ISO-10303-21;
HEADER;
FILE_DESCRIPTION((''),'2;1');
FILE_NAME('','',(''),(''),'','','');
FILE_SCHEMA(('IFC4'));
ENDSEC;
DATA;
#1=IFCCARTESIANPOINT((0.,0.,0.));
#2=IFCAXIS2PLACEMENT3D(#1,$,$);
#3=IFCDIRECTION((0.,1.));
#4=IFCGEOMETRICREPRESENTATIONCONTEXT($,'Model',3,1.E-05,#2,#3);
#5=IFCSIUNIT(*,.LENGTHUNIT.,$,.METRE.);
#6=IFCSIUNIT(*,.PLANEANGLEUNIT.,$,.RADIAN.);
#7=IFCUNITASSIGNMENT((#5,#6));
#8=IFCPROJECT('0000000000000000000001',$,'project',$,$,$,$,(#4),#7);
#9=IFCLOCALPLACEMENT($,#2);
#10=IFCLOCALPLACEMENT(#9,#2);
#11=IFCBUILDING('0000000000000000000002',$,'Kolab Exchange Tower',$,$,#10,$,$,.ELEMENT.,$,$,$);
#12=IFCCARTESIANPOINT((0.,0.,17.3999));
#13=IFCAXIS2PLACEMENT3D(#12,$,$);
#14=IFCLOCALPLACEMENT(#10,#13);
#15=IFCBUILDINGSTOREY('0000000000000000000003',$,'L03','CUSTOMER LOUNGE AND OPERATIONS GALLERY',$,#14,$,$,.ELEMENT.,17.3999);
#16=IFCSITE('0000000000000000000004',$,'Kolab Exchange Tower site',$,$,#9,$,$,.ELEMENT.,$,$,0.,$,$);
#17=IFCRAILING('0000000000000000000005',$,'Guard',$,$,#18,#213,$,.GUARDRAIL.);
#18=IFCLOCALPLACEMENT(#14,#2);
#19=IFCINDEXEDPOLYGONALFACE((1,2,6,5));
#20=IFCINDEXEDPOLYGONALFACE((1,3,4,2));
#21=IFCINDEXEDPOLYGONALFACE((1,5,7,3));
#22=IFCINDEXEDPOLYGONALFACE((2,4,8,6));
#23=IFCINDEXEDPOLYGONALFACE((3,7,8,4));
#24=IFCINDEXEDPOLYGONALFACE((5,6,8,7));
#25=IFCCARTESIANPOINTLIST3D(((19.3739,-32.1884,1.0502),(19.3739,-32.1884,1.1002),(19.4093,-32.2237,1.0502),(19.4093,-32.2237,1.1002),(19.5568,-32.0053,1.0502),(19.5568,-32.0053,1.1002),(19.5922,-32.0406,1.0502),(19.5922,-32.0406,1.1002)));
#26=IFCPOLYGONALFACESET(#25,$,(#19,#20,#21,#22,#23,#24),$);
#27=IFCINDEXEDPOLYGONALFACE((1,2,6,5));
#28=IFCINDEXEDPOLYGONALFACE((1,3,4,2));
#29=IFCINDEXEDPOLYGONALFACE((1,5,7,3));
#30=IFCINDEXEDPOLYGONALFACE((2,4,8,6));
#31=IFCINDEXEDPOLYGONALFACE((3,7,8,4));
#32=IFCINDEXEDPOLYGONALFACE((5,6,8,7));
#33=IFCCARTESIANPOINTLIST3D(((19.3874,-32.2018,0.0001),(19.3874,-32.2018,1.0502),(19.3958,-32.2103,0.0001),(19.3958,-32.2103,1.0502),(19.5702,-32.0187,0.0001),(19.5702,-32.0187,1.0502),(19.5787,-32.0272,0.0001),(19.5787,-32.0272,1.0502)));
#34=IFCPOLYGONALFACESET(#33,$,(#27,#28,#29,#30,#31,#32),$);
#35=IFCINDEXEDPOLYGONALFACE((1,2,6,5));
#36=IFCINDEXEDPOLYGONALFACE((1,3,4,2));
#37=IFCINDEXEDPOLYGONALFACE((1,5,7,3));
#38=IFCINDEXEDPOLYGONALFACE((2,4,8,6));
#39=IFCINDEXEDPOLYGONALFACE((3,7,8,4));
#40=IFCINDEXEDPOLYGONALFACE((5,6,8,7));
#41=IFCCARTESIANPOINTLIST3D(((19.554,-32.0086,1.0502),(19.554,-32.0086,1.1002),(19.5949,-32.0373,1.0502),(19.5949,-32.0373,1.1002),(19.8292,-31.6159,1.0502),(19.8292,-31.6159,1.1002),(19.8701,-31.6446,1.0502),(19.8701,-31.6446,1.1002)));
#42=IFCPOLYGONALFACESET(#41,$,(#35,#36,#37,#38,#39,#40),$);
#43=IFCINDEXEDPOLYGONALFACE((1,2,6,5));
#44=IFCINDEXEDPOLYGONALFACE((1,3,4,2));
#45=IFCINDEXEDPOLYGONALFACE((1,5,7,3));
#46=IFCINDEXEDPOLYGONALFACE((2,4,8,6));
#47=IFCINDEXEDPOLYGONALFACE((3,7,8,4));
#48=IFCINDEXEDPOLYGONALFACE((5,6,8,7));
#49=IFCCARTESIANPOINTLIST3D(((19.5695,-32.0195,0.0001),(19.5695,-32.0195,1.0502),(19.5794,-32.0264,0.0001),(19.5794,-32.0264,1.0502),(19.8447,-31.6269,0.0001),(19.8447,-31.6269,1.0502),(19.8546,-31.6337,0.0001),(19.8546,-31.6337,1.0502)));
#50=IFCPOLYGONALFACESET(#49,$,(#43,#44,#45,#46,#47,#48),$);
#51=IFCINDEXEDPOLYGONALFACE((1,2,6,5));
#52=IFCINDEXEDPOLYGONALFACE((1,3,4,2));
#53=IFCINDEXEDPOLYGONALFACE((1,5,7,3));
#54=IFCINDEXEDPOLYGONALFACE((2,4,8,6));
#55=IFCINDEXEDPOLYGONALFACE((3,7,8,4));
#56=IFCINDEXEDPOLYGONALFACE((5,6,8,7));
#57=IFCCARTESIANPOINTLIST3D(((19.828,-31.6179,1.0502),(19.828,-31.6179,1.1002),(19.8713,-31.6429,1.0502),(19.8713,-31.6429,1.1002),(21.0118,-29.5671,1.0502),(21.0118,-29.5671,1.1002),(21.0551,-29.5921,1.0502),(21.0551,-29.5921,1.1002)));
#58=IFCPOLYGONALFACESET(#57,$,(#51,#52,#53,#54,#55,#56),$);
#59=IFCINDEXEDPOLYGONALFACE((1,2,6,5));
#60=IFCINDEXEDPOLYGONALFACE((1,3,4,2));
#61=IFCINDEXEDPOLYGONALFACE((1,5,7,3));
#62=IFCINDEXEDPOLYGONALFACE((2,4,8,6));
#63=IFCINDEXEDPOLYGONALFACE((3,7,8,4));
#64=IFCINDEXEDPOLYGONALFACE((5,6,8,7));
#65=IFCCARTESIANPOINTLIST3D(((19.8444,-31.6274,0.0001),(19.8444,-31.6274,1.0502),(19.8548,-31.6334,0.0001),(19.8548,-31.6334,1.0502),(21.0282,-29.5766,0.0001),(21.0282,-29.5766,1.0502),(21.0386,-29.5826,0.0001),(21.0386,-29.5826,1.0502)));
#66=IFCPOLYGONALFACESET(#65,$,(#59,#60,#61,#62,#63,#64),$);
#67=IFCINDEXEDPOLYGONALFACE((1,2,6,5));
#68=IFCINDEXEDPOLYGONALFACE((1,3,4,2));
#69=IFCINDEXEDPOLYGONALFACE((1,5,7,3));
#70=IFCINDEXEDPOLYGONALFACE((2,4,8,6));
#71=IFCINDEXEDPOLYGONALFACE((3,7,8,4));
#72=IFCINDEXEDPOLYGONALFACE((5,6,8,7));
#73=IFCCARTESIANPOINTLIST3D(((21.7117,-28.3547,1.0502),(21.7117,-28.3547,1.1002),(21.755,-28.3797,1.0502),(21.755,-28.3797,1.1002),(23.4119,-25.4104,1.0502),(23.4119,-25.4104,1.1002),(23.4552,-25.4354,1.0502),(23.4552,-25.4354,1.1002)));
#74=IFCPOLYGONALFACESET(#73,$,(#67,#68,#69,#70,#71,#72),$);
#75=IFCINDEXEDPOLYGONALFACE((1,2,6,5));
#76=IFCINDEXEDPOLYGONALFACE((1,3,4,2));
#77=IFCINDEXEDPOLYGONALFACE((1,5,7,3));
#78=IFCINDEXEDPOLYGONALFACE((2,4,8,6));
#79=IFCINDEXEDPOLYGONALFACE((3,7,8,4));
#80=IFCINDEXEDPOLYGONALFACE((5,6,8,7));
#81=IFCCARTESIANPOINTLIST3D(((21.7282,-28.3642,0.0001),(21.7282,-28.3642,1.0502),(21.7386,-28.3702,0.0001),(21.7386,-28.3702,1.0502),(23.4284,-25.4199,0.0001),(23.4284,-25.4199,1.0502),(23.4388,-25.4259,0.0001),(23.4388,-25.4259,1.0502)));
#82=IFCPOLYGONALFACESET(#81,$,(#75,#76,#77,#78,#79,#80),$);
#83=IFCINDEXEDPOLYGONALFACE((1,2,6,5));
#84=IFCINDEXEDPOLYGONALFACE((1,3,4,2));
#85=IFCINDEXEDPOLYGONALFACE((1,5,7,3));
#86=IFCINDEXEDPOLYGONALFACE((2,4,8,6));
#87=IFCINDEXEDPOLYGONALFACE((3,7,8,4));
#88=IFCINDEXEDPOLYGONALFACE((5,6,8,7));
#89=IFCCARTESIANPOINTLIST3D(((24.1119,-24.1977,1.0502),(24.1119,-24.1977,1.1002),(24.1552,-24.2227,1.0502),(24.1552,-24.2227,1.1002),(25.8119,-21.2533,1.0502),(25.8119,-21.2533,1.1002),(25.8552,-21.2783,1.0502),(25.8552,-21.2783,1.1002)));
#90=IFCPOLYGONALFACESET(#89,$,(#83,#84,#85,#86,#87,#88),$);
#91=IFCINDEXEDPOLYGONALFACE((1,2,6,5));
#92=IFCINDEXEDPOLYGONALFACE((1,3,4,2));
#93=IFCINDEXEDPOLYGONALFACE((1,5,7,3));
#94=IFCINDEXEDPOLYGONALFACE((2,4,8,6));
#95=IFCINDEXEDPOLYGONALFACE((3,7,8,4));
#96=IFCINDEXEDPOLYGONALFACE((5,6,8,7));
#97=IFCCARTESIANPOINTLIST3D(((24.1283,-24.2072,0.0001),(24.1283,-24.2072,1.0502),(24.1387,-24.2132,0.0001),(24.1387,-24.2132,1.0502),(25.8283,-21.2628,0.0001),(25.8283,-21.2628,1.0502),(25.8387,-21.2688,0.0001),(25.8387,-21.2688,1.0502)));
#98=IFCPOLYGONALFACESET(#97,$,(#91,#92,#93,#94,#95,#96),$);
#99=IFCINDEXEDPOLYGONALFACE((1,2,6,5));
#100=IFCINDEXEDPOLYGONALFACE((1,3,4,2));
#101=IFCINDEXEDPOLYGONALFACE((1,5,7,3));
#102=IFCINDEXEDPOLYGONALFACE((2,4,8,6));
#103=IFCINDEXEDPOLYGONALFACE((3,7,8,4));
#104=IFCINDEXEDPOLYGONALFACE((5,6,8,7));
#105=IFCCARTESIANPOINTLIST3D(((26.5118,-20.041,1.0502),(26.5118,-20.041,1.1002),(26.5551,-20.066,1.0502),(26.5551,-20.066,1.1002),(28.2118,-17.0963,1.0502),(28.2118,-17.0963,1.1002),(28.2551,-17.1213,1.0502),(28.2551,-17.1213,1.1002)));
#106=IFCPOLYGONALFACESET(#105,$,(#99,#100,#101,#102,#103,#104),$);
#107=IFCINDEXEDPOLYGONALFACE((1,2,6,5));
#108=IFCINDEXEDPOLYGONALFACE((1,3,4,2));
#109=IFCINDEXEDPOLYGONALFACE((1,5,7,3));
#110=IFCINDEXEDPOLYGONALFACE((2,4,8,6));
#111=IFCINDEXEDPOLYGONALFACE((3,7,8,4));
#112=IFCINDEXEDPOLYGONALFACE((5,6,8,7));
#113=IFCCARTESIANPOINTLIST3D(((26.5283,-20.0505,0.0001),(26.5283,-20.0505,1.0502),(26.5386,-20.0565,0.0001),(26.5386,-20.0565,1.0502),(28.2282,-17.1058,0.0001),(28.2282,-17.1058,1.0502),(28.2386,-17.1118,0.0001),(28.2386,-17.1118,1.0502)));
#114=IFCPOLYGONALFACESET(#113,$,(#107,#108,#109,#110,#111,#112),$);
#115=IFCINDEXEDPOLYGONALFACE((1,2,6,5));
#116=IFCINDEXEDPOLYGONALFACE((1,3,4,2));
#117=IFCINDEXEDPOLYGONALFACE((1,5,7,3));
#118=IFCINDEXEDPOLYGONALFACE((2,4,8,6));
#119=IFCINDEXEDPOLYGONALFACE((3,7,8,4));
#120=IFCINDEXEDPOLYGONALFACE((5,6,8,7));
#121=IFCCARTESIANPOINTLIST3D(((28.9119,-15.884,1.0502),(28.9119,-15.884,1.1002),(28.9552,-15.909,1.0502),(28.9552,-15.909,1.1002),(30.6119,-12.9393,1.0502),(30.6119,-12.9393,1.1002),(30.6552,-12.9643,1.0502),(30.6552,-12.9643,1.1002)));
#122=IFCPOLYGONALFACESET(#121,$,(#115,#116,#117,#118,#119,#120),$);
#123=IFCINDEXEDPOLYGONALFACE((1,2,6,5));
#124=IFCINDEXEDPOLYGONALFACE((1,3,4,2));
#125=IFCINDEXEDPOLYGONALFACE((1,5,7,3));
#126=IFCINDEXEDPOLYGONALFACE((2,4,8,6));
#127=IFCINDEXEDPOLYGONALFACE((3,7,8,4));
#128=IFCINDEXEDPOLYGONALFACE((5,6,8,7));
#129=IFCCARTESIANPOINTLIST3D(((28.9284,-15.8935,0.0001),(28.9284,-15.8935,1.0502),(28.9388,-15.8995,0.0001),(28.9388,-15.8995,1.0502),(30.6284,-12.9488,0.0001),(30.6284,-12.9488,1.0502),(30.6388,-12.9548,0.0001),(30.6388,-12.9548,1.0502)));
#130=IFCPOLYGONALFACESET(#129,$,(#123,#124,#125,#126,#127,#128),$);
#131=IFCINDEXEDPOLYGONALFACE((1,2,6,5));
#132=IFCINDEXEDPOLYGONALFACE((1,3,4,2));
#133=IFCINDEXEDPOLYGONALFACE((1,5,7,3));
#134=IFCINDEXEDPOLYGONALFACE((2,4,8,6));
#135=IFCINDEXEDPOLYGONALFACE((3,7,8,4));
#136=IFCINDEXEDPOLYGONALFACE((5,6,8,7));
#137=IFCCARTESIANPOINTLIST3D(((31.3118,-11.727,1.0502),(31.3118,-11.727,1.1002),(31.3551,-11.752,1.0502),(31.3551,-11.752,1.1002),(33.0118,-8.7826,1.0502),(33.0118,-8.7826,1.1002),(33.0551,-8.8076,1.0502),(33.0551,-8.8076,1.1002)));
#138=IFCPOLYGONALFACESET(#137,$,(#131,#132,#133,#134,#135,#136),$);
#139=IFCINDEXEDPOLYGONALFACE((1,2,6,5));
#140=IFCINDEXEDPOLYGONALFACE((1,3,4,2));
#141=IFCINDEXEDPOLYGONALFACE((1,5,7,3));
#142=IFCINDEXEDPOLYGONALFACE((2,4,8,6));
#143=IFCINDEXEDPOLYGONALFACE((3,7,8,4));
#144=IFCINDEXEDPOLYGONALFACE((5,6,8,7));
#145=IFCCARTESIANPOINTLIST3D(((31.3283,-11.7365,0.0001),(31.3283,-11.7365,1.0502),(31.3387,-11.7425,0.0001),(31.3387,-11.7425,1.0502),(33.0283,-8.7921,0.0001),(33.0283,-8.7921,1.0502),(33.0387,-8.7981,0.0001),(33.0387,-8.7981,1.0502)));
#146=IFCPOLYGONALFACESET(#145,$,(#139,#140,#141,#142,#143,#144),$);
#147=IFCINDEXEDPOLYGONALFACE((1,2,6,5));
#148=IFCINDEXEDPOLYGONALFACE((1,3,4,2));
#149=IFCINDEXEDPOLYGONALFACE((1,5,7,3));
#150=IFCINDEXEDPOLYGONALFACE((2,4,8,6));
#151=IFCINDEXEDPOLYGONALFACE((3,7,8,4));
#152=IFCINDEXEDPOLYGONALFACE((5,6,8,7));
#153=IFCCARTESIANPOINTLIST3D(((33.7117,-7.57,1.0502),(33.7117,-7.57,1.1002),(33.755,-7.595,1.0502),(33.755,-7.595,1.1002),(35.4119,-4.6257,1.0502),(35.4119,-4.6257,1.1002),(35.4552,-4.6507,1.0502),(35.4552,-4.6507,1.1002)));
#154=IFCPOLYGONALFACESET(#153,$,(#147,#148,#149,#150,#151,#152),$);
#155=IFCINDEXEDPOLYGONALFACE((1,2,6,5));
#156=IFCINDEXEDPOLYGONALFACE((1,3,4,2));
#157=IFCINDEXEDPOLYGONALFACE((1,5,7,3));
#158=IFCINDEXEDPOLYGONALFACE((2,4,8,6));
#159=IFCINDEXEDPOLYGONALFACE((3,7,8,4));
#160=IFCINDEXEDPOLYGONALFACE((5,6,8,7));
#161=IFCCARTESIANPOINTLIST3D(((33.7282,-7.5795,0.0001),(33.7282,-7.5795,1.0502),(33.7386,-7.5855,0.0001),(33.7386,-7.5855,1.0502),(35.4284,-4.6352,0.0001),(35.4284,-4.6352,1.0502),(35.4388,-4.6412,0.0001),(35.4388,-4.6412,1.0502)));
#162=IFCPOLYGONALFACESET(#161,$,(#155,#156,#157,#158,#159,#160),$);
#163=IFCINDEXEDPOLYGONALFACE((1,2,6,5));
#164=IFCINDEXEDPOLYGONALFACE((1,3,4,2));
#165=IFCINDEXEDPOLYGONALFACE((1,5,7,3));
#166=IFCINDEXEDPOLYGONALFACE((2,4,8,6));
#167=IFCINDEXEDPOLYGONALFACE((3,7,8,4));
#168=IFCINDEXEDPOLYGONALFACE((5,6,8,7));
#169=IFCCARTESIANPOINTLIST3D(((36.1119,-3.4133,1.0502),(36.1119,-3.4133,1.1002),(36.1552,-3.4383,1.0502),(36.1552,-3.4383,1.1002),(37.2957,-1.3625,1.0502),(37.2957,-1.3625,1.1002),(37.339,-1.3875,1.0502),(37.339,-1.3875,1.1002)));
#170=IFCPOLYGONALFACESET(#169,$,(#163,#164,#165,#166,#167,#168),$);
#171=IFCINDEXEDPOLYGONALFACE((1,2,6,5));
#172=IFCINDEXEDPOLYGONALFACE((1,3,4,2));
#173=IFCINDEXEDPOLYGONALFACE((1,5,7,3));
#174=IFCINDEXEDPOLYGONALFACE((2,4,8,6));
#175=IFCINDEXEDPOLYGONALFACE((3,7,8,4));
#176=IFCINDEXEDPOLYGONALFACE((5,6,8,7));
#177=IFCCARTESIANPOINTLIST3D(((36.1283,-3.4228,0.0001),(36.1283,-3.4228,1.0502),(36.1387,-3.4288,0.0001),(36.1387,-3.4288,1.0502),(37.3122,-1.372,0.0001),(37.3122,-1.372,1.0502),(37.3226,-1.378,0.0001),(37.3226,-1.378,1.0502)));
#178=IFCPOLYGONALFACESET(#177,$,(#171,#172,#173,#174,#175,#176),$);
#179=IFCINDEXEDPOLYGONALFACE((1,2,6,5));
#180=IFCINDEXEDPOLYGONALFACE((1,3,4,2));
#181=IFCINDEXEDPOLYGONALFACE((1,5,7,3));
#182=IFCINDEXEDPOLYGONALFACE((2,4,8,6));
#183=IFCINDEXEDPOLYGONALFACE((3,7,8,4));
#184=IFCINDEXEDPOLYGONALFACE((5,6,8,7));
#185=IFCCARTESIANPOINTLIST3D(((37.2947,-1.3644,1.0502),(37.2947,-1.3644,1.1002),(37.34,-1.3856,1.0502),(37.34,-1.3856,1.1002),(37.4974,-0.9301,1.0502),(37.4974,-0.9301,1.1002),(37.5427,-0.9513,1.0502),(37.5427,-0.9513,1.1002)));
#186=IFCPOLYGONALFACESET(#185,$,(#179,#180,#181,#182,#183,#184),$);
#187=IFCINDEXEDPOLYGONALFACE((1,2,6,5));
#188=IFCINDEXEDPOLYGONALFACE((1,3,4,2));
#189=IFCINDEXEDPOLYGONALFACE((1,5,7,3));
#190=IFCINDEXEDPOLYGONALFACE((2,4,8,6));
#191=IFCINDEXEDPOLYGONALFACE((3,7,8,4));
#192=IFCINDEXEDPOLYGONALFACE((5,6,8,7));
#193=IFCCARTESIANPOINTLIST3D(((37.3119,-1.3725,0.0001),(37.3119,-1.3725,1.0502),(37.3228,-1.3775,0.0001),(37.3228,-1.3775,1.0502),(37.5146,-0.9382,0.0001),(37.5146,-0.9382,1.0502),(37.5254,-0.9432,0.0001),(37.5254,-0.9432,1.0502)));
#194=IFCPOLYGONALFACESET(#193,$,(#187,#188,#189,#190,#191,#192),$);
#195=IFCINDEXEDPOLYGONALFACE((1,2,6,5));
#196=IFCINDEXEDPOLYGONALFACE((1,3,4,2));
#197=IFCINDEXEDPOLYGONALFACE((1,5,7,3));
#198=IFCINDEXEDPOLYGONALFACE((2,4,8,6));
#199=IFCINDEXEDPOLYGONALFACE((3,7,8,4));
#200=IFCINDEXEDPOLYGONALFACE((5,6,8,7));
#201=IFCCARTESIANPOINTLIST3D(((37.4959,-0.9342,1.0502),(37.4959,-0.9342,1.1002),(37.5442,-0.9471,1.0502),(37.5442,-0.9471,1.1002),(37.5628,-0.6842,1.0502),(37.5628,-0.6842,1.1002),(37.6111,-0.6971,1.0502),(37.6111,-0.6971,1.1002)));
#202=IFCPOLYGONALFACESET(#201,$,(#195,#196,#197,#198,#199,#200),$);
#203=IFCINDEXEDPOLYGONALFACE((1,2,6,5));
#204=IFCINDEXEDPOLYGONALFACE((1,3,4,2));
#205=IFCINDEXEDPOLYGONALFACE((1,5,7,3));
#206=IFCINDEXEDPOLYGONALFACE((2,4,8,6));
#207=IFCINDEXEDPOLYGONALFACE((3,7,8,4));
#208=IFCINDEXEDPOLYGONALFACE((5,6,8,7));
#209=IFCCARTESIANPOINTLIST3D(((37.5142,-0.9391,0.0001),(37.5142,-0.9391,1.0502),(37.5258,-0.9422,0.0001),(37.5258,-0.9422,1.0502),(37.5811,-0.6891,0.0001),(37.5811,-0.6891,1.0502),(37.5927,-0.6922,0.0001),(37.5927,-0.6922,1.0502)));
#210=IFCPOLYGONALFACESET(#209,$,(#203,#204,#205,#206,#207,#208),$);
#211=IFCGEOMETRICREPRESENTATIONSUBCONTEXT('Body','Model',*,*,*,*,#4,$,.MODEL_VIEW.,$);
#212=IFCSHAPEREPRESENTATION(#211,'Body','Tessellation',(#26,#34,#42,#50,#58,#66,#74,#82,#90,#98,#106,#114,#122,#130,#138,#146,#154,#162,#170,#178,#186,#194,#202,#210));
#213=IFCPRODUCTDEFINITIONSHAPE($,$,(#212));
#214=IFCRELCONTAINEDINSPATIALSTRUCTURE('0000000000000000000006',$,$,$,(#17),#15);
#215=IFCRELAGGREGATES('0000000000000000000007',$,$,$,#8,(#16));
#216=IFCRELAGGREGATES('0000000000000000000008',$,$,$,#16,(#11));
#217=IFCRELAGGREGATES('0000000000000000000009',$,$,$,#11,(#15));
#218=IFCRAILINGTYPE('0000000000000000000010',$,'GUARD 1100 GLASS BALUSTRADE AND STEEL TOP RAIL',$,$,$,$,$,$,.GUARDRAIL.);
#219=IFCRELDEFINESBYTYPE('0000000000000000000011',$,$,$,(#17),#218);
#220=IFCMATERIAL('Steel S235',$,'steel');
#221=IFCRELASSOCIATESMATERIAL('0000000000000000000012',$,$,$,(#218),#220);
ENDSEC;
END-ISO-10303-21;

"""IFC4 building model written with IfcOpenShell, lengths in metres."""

from ifc_helpers import new_model, si_unit, direction, frame, frame_2d, origin, origin_2d, place, context, subcontext, project, spatial, rectangle, extrude, material, type_object, element, save


model = new_model("IFC4")

# Units and contexts
model_context = context("Model", 3, precision=1e-05, world=origin(), true_north=direction((0.0, 1.0)))
body_context = subcontext(model_context, "Body", "Model", "MODEL_VIEW")
ifc_project = project(units=[si_unit("LENGTHUNIT", "METRE"), si_unit("PLANEANGLEUNIT", "RADIAN")], contexts=[model_context])

# Site, building, storey
site_placement = place(None, origin())
site = spatial("IfcSite", under=ifc_project, at=site_placement, Name="Kolab Exchange Tower site", CompositionType="ELEMENT", RefElevation=0.0)
building_placement = place(site_placement, origin())
building = spatial("IfcBuilding", under=site, at=building_placement, Name="Kolab Exchange Tower", CompositionType="ELEMENT")
storey_placement = place(building_placement, frame((0.0, 0.0, 17.3999)))
storey = spatial("IfcBuildingStorey", under=building, at=storey_placement, Name="L03", Description="CUSTOMER LOUNGE AND OPERATIONS GALLERY", CompositionType="ELEMENT", Elevation=17.3999)

# Railing
ifc_material_1 = material(Name="Steel S235", Category="steel")
railing_type = type_object("IfcRailingType", Name="GUARD 1100 GLASS BALUSTRADE AND STEEL TOP RAIL", PredefinedType="GUARDRAIL", material=ifc_material_1)
railing_placement = place(storey_placement, frame((19.3916, -32.2061, 0.0)))
element("IfcRailing", 1, at=railing_placement, inside=storey, type_object=railing_type, Name="Guard", PredefinedType="GUARDRAIL", context=body_context, shape_type="SweptSolid", body=[
    extrude(rectangle(XDim=0.05, YDim=0.05, at=origin_2d()), frame((0.0, 0.0, 1.0752), z_axis=(0.706635, 0.707578, 0.0), x_axis=(-0.707578, 0.706635, 0.0)), (0.0, 0.0, 1.0), 0.2588),
    extrude(rectangle(XDim=0.012, YDim=1.0501, at=frame_2d((0.0, 0.5251))), frame((0.0, 0.0, 0.0), z_axis=(0.706635, 0.707578, 0.0), x_axis=(-0.707578, 0.706635, 0.0)), (0.0, 0.0, 1.0), 0.2588),
    extrude(rectangle(XDim=0.05, YDim=0.05, at=origin_2d()), frame((0.1829, 0.1831, 1.0752), z_axis=(0.573941, 0.818897, 0.0), x_axis=(-0.818897, 0.573941, 0.0)), (0.0, 0.0, 1.0), 0.4795),
    extrude(rectangle(XDim=0.012, YDim=1.0501, at=frame_2d((0.0, 0.5251))), frame((0.1829, 0.1831, 0.0), z_axis=(0.573941, 0.818897, 0.0), x_axis=(-0.818897, 0.573941, 0.0)), (0.0, 0.0, 1.0), 0.4795),
    extrude(rectangle(XDim=0.05, YDim=0.05, at=origin_2d()), frame((0.458, 0.5757, 1.0752), z_axis=(0.499943, 0.866059, 0.0), x_axis=(-0.866059, 0.499943, 0.0)), (0.0, 0.0, 1.0), 2.3679),
    extrude(rectangle(XDim=0.012, YDim=1.0501, at=frame_2d((0.0, 0.5251))), frame((0.458, 0.5757, 0.0), z_axis=(0.499943, 0.866059, 0.0), x_axis=(-0.866059, 0.499943, 0.0)), (0.0, 0.0, 1.0), 2.3679),
    extrude(rectangle(XDim=0.05, YDim=0.05, at=origin_2d()), frame((2.3418, 3.8389, 1.0752), z_axis=(0.500062, 0.865989, 0.0), x_axis=(-0.865989, 0.500062, 0.0)), (0.0, 0.0, 1.0), 3.3999),
    extrude(rectangle(XDim=0.012, YDim=1.0501, at=frame_2d((0.0, 0.5251))), frame((2.3418, 3.8389, 0.0), z_axis=(0.500062, 0.865989, 0.0), x_axis=(-0.865989, 0.500062, 0.0)), (0.0, 0.0, 1.0), 3.3999),
    extrude(rectangle(XDim=0.05, YDim=0.05, at=origin_2d()), frame((4.7419, 7.9958, 1.0752), z_axis=(0.500008, 0.866021, 0.0), x_axis=(-0.866021, 0.500008, 0.0)), (0.0, 0.0, 1.0), 3.3999),
    extrude(rectangle(XDim=0.012, YDim=1.0501, at=frame_2d((0.0, 0.5251))), frame((4.7419, 7.9958, 0.0), z_axis=(0.500008, 0.866021, 0.0), x_axis=(-0.866021, 0.500008, 0.0)), (0.0, 0.0, 1.0), 3.3999),
    extrude(rectangle(XDim=0.05, YDim=0.05, at=origin_2d()), frame((7.1418, 12.1526, 1.0752), z_axis=(0.499977, 0.866039, 0.0), x_axis=(-0.866039, 0.499977, 0.0)), (0.0, 0.0, 1.0), 3.4001),
    extrude(rectangle(XDim=0.012, YDim=1.0501, at=frame_2d((0.0, 0.5251))), frame((7.1418, 12.1526, 0.0), z_axis=(0.499977, 0.866039, 0.0), x_axis=(-0.866039, 0.499977, 0.0)), (0.0, 0.0, 1.0), 3.4001),
    extrude(rectangle(XDim=0.05, YDim=0.05, at=origin_2d()), frame((9.542, 16.3096, 1.0752), z_axis=(0.499977, 0.866039, 0.0), x_axis=(-0.866039, 0.499977, 0.0)), (0.0, 0.0, 1.0), 3.4001),
    extrude(rectangle(XDim=0.012, YDim=1.0501, at=frame_2d((0.0, 0.5251))), frame((9.542, 16.3096, 0.0), z_axis=(0.499977, 0.866039, 0.0), x_axis=(-0.866039, 0.499977, 0.0)), (0.0, 0.0, 1.0), 3.4001),
    extrude(rectangle(XDim=0.05, YDim=0.05, at=origin_2d()), frame((11.9419, 20.4666, 1.0752), z_axis=(0.500008, 0.866021, 0.0), x_axis=(-0.866021, 0.500008, 0.0)), (0.0, 0.0, 1.0), 3.3999),
    extrude(rectangle(XDim=0.012, YDim=1.0501, at=frame_2d((0.0, 0.5251))), frame((11.9419, 20.4666, 0.0), z_axis=(0.500008, 0.866021, 0.0), x_axis=(-0.866021, 0.500008, 0.0)), (0.0, 0.0, 1.0), 3.3999),
    extrude(rectangle(XDim=0.05, YDim=0.05, at=origin_2d()), frame((14.3418, 24.6235, 1.0752), z_axis=(0.500062, 0.865989, 0.0), x_axis=(-0.865989, 0.500062, 0.0)), (0.0, 0.0, 1.0), 3.3999),
    extrude(rectangle(XDim=0.012, YDim=1.0501, at=frame_2d((0.0, 0.5251))), frame((14.3418, 24.6235, 0.0), z_axis=(0.500062, 0.865989, 0.0), x_axis=(-0.865989, 0.500062, 0.0)), (0.0, 0.0, 1.0), 3.3999),
    extrude(rectangle(XDim=0.05, YDim=0.05, at=origin_2d()), frame((16.7419, 28.7803, 1.0752), z_axis=(0.499943, 0.866059, 0.0), x_axis=(-0.866059, 0.499943, 0.0)), (0.0, 0.0, 1.0), 2.3679),
    extrude(rectangle(XDim=0.012, YDim=1.0501, at=frame_2d((0.0, 0.5251))), frame((16.7419, 28.7803, 0.0), z_axis=(0.499943, 0.866059, 0.0), x_axis=(-0.866059, 0.499943, 0.0)), (0.0, 0.0, 1.0), 2.3679),
    extrude(rectangle(XDim=0.05, YDim=0.05, at=origin_2d()), frame((17.9258, 30.8311, 1.0752), z_axis=(0.422802, 0.906222, 0.0), x_axis=(-0.906222, 0.422802, 0.0)), (0.0, 0.0, 1.0), 0.4792),
    extrude(rectangle(XDim=0.012, YDim=1.0501, at=frame_2d((0.0, 0.5251))), frame((17.9258, 30.8311, 0.0), z_axis=(0.422802, 0.906222, 0.0), x_axis=(-0.906222, 0.422802, 0.0)), (0.0, 0.0, 1.0), 0.4792),
    extrude(rectangle(XDim=0.05, YDim=0.05, at=origin_2d()), frame((18.1284, 31.2654, 1.0752), z_axis=(0.258485, 0.966015, 0.0), x_axis=(-0.966015, 0.258485, 0.0)), (0.0, 0.0, 1.0), 0.2588),
    extrude(rectangle(XDim=0.012, YDim=1.0501, at=frame_2d((0.0, 0.5251))), frame((18.1284, 31.2654, 0.0), z_axis=(0.258485, 0.966015, 0.0), x_axis=(-0.966015, 0.258485, 0.0)), (0.0, 0.0, 1.0), 0.2588),
])

save(model, "model.ifc")
